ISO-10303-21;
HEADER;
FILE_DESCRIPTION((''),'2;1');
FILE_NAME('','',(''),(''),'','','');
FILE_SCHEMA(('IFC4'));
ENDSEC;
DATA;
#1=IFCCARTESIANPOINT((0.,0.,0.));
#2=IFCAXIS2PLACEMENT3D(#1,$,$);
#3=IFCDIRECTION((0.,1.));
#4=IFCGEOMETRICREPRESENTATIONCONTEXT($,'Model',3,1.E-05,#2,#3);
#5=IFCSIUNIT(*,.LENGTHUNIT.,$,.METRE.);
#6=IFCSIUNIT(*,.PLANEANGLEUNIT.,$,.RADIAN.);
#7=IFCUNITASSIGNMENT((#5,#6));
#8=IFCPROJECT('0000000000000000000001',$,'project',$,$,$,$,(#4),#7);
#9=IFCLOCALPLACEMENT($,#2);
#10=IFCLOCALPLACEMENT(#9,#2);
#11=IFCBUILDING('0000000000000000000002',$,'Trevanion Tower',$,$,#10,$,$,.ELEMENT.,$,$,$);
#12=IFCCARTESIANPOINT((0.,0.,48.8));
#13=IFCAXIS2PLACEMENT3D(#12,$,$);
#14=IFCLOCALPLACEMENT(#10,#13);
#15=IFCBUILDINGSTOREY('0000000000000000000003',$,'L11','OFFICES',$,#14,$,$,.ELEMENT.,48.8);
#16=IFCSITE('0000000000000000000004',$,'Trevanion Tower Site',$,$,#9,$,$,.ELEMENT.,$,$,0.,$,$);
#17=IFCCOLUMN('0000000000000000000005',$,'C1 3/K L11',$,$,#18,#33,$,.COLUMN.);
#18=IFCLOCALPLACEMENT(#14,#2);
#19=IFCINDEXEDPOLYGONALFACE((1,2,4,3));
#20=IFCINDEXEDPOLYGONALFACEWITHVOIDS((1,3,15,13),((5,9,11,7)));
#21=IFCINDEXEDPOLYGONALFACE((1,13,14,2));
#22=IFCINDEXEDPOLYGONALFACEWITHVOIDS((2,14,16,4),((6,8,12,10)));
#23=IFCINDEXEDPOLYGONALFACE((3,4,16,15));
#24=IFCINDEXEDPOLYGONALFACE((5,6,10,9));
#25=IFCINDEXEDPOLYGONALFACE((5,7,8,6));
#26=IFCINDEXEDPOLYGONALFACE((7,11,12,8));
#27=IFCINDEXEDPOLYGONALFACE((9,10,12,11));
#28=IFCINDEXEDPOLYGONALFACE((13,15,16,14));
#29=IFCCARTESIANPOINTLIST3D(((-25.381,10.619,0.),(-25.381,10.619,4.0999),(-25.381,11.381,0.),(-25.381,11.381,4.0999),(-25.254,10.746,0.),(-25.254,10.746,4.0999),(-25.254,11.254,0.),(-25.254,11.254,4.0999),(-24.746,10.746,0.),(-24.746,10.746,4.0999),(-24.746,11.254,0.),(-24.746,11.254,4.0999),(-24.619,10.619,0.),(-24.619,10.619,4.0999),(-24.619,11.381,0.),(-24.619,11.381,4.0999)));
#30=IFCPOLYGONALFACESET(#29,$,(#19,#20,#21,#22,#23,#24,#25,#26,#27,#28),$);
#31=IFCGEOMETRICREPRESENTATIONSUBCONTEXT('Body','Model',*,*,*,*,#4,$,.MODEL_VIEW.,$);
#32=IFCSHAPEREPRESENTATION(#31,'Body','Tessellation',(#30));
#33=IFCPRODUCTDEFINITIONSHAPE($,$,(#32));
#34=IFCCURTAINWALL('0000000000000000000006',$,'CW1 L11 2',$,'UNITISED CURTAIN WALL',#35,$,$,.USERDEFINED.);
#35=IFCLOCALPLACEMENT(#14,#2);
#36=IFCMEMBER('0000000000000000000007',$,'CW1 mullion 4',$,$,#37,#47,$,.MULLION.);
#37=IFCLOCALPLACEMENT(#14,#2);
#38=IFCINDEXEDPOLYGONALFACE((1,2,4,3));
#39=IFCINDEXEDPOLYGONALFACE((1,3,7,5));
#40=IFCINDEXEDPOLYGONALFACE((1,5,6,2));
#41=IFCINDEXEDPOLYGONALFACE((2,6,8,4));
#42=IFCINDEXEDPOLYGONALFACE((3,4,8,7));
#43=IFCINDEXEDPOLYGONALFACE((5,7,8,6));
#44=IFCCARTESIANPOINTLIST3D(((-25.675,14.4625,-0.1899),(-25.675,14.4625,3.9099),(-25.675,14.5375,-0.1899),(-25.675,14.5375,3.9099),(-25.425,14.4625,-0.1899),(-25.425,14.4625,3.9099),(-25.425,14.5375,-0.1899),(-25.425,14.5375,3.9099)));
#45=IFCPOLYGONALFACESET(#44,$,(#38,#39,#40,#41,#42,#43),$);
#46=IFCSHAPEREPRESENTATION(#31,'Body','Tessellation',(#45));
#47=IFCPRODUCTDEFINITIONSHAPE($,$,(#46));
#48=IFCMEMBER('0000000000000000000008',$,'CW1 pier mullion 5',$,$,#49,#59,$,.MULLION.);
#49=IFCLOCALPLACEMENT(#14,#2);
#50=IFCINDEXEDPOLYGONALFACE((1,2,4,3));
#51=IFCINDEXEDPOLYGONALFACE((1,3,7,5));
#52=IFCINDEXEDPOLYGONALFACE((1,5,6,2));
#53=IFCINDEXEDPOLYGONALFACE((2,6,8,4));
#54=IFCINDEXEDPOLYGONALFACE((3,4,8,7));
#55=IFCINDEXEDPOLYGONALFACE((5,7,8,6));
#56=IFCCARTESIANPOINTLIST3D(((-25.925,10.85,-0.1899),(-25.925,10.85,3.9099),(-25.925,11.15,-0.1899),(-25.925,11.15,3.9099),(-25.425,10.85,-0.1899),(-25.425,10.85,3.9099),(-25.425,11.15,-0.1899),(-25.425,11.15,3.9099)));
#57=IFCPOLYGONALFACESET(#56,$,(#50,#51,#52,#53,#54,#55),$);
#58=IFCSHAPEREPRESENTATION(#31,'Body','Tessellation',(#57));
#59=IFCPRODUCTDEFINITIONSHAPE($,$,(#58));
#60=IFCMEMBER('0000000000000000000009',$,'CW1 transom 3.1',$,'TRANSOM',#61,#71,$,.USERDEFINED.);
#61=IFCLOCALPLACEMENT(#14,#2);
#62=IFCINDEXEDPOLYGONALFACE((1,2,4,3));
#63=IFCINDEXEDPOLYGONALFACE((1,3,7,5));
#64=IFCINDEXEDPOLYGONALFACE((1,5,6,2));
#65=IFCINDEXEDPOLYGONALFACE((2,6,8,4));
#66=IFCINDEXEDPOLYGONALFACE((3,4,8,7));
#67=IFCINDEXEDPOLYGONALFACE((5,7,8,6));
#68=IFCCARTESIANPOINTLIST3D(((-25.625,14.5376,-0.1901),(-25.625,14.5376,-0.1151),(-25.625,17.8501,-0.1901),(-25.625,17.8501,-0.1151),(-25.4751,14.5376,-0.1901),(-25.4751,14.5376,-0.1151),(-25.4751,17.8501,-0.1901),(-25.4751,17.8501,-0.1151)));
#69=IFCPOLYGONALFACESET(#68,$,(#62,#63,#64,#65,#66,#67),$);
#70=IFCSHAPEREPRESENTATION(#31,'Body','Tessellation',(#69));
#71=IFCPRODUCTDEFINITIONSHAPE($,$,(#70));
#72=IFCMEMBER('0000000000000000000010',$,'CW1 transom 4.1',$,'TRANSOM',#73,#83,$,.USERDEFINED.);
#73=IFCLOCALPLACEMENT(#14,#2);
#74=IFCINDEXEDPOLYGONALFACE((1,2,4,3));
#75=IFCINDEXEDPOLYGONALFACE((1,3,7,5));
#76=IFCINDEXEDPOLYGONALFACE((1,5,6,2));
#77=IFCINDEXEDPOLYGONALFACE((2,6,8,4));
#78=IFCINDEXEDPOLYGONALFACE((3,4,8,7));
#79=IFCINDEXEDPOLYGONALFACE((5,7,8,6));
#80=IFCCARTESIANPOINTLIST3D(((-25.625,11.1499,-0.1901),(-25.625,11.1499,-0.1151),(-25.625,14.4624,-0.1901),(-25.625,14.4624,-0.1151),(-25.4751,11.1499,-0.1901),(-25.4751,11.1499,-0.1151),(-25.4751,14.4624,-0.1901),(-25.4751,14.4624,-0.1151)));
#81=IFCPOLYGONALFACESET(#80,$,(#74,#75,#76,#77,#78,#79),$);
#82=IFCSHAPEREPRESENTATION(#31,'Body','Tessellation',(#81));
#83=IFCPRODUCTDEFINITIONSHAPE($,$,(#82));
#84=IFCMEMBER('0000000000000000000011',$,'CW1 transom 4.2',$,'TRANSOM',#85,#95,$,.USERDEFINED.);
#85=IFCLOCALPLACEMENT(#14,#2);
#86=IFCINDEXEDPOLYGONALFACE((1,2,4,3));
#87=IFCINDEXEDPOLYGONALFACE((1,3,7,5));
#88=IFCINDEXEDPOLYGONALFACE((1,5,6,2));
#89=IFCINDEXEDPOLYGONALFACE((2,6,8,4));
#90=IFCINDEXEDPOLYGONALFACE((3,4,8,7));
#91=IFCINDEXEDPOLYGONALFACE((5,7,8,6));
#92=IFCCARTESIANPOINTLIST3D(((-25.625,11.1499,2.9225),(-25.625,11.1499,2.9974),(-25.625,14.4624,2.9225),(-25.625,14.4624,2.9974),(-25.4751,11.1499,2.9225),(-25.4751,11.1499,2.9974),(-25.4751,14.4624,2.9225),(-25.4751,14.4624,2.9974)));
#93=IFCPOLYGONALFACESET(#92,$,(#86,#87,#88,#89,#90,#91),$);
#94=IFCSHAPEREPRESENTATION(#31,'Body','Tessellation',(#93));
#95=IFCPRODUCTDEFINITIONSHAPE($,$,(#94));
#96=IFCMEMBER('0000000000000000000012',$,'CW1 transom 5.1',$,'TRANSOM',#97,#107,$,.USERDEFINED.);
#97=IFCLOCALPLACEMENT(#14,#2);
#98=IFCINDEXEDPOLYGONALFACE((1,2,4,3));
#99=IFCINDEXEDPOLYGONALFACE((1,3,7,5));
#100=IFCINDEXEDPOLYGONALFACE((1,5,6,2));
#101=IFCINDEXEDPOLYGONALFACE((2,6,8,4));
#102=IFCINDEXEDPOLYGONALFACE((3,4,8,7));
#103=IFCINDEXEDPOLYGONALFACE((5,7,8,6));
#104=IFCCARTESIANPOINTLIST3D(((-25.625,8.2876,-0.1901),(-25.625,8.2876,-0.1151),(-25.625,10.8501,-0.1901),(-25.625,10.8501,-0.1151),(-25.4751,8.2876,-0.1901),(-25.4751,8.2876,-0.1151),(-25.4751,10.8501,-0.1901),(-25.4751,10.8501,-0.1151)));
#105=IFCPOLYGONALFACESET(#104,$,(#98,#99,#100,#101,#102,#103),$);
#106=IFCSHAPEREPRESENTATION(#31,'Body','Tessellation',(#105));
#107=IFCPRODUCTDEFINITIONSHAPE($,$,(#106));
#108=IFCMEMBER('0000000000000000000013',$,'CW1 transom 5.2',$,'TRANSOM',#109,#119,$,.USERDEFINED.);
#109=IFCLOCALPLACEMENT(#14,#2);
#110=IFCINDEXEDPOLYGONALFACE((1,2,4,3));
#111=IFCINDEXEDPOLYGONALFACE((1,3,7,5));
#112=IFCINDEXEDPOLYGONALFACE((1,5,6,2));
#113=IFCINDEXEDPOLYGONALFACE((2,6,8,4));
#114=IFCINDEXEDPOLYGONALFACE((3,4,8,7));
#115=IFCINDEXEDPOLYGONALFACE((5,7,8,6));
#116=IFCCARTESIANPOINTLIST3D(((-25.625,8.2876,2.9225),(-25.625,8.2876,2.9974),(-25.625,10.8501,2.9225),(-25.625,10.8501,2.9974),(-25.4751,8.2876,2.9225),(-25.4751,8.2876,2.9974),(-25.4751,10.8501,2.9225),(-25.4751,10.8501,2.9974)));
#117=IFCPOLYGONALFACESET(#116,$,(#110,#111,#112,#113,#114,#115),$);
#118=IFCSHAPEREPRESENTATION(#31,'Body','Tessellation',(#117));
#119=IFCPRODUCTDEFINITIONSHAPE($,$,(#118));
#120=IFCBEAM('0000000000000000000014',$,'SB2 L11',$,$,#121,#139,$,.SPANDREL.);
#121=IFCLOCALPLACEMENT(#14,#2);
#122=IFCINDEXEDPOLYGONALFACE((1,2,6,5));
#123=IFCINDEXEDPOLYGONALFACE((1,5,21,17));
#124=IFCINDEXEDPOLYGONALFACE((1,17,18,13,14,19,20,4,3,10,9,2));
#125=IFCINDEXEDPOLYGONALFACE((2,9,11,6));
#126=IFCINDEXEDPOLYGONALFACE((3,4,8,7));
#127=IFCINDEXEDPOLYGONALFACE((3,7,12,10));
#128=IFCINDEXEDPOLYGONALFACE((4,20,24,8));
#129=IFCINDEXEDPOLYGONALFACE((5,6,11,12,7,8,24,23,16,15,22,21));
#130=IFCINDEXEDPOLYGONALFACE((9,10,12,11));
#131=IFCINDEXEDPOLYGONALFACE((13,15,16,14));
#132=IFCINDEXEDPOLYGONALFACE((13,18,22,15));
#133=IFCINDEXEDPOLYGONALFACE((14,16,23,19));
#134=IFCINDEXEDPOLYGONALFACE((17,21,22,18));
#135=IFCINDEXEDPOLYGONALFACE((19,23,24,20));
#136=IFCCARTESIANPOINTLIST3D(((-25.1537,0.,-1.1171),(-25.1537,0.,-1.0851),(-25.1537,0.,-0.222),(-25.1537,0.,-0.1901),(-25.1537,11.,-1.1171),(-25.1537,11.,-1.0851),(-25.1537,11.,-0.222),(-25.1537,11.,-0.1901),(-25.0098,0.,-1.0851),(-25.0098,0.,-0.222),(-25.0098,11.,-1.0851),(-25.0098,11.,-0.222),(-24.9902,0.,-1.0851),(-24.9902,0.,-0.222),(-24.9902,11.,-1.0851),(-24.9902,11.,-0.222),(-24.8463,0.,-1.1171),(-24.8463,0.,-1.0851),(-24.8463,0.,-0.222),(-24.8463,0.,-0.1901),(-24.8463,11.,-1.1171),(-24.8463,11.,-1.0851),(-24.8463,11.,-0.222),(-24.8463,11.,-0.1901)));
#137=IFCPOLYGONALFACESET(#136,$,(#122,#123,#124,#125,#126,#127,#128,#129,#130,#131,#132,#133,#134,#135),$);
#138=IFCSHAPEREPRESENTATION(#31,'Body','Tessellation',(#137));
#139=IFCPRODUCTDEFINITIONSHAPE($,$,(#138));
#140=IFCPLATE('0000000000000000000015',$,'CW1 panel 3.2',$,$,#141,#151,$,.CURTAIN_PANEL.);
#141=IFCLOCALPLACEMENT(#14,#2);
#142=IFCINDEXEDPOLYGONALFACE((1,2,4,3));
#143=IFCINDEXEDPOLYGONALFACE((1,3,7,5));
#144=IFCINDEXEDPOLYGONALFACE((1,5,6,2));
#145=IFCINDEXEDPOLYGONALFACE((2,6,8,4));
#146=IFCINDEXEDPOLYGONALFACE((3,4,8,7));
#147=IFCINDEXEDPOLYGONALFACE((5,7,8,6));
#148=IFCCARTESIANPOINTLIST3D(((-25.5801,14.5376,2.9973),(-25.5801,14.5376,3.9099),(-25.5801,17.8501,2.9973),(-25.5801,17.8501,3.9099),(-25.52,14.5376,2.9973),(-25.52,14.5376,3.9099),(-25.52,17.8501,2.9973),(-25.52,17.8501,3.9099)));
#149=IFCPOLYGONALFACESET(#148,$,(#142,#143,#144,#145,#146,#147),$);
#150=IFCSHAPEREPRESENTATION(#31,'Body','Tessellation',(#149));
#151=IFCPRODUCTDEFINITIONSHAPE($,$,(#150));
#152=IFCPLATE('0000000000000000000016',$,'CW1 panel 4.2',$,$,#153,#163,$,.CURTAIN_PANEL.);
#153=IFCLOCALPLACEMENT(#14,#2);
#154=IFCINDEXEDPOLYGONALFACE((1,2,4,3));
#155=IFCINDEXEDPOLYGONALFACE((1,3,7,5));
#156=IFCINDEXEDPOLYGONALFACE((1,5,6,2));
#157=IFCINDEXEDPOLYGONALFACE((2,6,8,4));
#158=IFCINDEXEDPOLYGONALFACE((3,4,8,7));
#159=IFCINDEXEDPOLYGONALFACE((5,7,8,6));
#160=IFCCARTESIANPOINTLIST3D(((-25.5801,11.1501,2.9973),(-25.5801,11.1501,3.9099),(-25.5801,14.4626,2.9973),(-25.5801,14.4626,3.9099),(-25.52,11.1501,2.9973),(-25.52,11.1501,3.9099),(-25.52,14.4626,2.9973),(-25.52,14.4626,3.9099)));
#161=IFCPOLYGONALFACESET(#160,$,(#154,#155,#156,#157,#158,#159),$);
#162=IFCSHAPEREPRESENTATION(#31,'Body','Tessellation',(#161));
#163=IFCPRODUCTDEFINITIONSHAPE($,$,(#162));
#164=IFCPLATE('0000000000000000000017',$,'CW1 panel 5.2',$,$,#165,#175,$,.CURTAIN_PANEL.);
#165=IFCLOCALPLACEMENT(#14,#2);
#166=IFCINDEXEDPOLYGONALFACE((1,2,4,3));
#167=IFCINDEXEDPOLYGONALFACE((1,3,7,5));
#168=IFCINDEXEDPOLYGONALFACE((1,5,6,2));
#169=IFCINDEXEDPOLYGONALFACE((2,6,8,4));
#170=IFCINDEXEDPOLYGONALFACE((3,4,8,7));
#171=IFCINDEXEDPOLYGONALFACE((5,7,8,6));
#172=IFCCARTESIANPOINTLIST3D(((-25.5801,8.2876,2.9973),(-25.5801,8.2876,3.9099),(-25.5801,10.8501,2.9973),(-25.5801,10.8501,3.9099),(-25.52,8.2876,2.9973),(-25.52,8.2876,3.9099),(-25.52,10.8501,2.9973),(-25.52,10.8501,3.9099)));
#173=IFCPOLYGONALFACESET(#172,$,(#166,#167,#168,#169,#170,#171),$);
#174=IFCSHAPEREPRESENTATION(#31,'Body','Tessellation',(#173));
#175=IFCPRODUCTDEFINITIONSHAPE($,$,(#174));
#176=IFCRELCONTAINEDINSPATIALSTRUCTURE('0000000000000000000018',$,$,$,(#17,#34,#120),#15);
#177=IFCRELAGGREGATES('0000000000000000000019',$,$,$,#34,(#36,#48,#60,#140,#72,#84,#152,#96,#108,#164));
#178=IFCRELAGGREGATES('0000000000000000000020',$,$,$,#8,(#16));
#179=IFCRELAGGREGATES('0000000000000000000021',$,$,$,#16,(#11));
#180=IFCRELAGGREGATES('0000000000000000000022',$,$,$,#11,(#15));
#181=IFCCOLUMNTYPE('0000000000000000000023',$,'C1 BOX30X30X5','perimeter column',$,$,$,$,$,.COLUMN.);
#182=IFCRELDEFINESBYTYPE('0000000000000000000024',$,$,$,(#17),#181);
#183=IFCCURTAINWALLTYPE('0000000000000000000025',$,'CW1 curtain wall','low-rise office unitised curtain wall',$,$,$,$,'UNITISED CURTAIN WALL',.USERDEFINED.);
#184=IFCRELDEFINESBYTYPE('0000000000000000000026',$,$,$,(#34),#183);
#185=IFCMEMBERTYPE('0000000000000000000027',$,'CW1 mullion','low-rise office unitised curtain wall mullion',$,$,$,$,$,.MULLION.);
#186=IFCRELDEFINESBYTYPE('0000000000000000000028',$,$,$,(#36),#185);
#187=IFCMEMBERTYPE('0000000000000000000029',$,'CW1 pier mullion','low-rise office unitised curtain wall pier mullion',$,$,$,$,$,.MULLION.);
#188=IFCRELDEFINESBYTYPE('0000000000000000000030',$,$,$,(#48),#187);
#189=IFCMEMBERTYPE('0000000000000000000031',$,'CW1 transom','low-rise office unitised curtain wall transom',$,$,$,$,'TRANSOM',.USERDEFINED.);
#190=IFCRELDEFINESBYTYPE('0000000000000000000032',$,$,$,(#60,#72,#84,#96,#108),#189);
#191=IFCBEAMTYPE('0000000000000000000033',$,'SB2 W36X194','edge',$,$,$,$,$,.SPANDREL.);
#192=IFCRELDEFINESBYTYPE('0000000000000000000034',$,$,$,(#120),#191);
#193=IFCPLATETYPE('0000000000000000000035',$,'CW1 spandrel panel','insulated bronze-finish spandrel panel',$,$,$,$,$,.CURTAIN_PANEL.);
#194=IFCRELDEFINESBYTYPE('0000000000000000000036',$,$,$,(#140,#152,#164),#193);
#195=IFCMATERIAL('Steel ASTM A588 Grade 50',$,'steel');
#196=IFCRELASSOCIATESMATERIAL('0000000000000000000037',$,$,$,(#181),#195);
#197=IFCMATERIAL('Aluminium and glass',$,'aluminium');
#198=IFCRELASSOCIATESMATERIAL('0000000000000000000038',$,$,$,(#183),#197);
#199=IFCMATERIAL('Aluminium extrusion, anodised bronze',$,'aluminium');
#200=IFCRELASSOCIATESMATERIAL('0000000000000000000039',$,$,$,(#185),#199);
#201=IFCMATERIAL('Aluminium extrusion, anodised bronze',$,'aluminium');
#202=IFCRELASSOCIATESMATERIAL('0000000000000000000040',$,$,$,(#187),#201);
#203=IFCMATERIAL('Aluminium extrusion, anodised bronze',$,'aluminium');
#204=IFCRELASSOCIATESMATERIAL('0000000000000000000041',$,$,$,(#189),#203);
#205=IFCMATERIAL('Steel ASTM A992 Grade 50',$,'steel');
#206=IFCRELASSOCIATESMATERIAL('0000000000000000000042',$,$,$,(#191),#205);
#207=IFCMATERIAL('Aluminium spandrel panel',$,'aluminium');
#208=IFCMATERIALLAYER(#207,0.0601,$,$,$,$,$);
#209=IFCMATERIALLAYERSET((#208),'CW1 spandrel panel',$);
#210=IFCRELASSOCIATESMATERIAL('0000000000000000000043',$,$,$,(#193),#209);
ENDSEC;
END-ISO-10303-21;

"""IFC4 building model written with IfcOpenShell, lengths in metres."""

from ifc_helpers import new_model, si_unit, direction, frame, origin, origin_2d, place, context, subcontext, project, spatial, rectangle, hollow_rectangle, i_section, extrude, material, layer, layer_set, material_profile, profile_set, type_object, element, aggregate, save


model = new_model("IFC4")

# Units and contexts
model_context = context("Model", 3, precision=1e-05, world=origin(), true_north=direction((0.0, 1.0)))
body_context = subcontext(model_context, "Body", "Model", "MODEL_VIEW")
ifc_project = project(units=[si_unit("LENGTHUNIT", "METRE"), si_unit("PLANEANGLEUNIT", "RADIAN")], contexts=[model_context])

# Site, building, storey
site_placement = place(None, origin())
site = spatial("IfcSite", under=ifc_project, at=site_placement, Name="Trevanion Tower Site", CompositionType="ELEMENT", RefElevation=0.0)
building_placement = place(site_placement, origin())
building = spatial("IfcBuilding", under=site, at=building_placement, Name="Trevanion Tower", CompositionType="ELEMENT")
storey_placement = place(building_placement, frame((0.0, 0.0, 48.8)))
storey = spatial("IfcBuildingStorey", under=building, at=storey_placement, Name="L11", Description="OFFICES", CompositionType="ELEMENT", Elevation=48.8)

# Column
ifc_material_1 = material(Name="Steel ASTM A588 Grade 50", Category="steel")
ifc_material_profile_1 = material_profile(ifc_material_1, hollow_rectangle(XDim=0.762, YDim=0.762, WallThickness=0.127, at=origin_2d()), Name="BOX30X30X5")
ifc_profile_set_1 = profile_set([ifc_material_profile_1], Name="Steel ASTM A588 Grade 50")
column_type = type_object("IfcColumnType", Name="C1 BOX30X30X5", Description="perimeter column", PredefinedType="COLUMN", material=ifc_profile_set_1)
column_placement = place(storey_placement, frame((-25.0, 11.0, 0.0), z_axis=(0.0, 0.0, 1.0), x_axis=(0.0, 1.0, 0.0)))
element("IfcColumn", 1, at=column_placement, inside=storey, type_object=column_type, Name="C1 3/K L11", PredefinedType="COLUMN", context=body_context, shape_type="SweptSolid", body=[
    extrude(hollow_rectangle(XDim=0.762, YDim=0.762, WallThickness=0.127, at=origin_2d()), origin(), (0.0, 0.0, 1.0), 4.0999),
])

# Curtain wall, members
ifc_material_2 = material(Name="Aluminium and glass", Category="aluminium")
curtain_wall_type = type_object("IfcCurtainWallType", Name="CW1 curtain wall", Description="low-rise office unitised curtain wall", ElementType="UNITISED CURTAIN WALL", PredefinedType="USERDEFINED", material=ifc_material_2)
curtain_wall_placement = place(storey_placement, origin())
curtain_wall = element("IfcCurtainWall", 2, at=curtain_wall_placement, inside=storey, type_object=curtain_wall_type, Name="CW1 L11 2", ObjectType="UNITISED CURTAIN WALL", PredefinedType="USERDEFINED")
ifc_material_3 = material(Name="Aluminium extrusion, anodised bronze", Category="aluminium")
ifc_material_profile_2 = material_profile(ifc_material_3, rectangle(XDim=0.075, YDim=0.25, at=origin_2d()), Name="CW1 mullion")
ifc_profile_set_2 = profile_set([ifc_material_profile_2], Name="Aluminium extrusion, anodised bronze")
member_type_1 = type_object("IfcMemberType", Name="CW1 mullion", Description="low-rise office unitised curtain wall mullion", PredefinedType="MULLION", material=ifc_profile_set_2)
member_1_placement = place(storey_placement, frame((-25.55, 14.5, -0.1899), z_axis=(0.0, 0.0, 1.0), x_axis=(0.0, -1.0, 0.0)))
member_1 = element("IfcMember", 3, at=member_1_placement, type_object=member_type_1, Name="CW1 mullion 4", PredefinedType="MULLION", context=body_context, shape_type="SweptSolid", body=[
    extrude(rectangle(XDim=0.075, YDim=0.25, at=origin_2d()), origin(), (0.0, 0.0, 1.0), 4.0999),
])
ifc_material_4 = material(Name="Aluminium extrusion, anodised bronze", Category="aluminium")
ifc_material_profile_3 = material_profile(ifc_material_4, rectangle(XDim=0.3, YDim=0.5, at=origin_2d()), Name="CW1 pier mullion")
ifc_profile_set_3 = profile_set([ifc_material_profile_3], Name="Aluminium extrusion, anodised bronze")
member_type_2 = type_object("IfcMemberType", Name="CW1 pier mullion", Description="low-rise office unitised curtain wall pier mullion", PredefinedType="MULLION", material=ifc_profile_set_3)
member_2_placement = place(storey_placement, frame((-25.675, 11.0, -0.1899), z_axis=(0.0, 0.0, 1.0), x_axis=(0.0, -1.0, 0.0)))
member_2 = element("IfcMember", 4, at=member_2_placement, type_object=member_type_2, Name="CW1 pier mullion 5", PredefinedType="MULLION", context=body_context, shape_type="SweptSolid", body=[
    extrude(rectangle(XDim=0.3, YDim=0.5, at=origin_2d()), origin(), (0.0, 0.0, 1.0), 4.0999),
])
ifc_material_5 = material(Name="Aluminium extrusion, anodised bronze", Category="aluminium")
ifc_material_profile_4 = material_profile(ifc_material_5, rectangle(XDim=0.1499, YDim=0.075, at=origin_2d()), Name="CW1 transom")
ifc_profile_set_4 = profile_set([ifc_material_profile_4], Name="Aluminium extrusion, anodised bronze")
member_type_3 = type_object("IfcMemberType", Name="CW1 transom", Description="low-rise office unitised curtain wall transom", ElementType="TRANSOM", PredefinedType="USERDEFINED", material=ifc_profile_set_4)
member_3_placement = place(storey_placement, frame((-25.55, 17.8501, -0.1526), z_axis=(0.0, -1.0, 0.0), x_axis=(1.0, 0.0, 0.0)))
member_3 = element("IfcMember", 5, at=member_3_placement, type_object=member_type_3, Name="CW1 transom 3.1", ObjectType="TRANSOM", PredefinedType="USERDEFINED", context=body_context, shape_type="SweptSolid", body=[
    extrude(rectangle(XDim=0.1499, YDim=0.075, at=origin_2d()), origin(), (0.0, 0.0, 1.0), 3.3125),
])
member_4_placement = place(storey_placement, frame((-25.55, 14.4624, -0.1526), z_axis=(0.0, -1.0, 0.0), x_axis=(1.0, 0.0, 0.0)))
member_4 = element("IfcMember", 6, at=member_4_placement, type_object=member_type_3, Name="CW1 transom 4.1", ObjectType="TRANSOM", PredefinedType="USERDEFINED", context=body_context, shape_type="SweptSolid", body=[
    extrude(rectangle(XDim=0.1499, YDim=0.075, at=origin_2d()), origin(), (0.0, 0.0, 1.0), 3.3125),
])
member_5_placement = place(storey_placement, frame((-25.55, 14.4624, 2.96), z_axis=(0.0, -1.0, 0.0), x_axis=(1.0, 0.0, 0.0)))
member_5 = element("IfcMember", 7, at=member_5_placement, type_object=member_type_3, Name="CW1 transom 4.2", ObjectType="TRANSOM", PredefinedType="USERDEFINED", context=body_context, shape_type="SweptSolid", body=[
    extrude(rectangle(XDim=0.1499, YDim=0.075, at=origin_2d()), origin(), (0.0, 0.0, 1.0), 3.3125),
])
member_6_placement = place(storey_placement, frame((-25.55, 10.8501, -0.1526), z_axis=(0.0, -1.0, 0.0), x_axis=(1.0, 0.0, 0.0)))
member_6 = element("IfcMember", 8, at=member_6_placement, type_object=member_type_3, Name="CW1 transom 5.1", ObjectType="TRANSOM", PredefinedType="USERDEFINED", context=body_context, shape_type="SweptSolid", body=[
    extrude(rectangle(XDim=0.1499, YDim=0.075, at=origin_2d()), origin(), (0.0, 0.0, 1.0), 2.5625),
])
member_7_placement = place(storey_placement, frame((-25.55, 10.8501, 2.96), z_axis=(0.0, -1.0, 0.0), x_axis=(1.0, 0.0, 0.0)))
member_7 = element("IfcMember", 9, at=member_7_placement, type_object=member_type_3, Name="CW1 transom 5.2", ObjectType="TRANSOM", PredefinedType="USERDEFINED", context=body_context, shape_type="SweptSolid", body=[
    extrude(rectangle(XDim=0.1499, YDim=0.075, at=origin_2d()), origin(), (0.0, 0.0, 1.0), 2.5625),
])

# Beam
ifc_material_6 = material(Name="Steel ASTM A992 Grade 50", Category="steel")
ifc_material_profile_5 = material_profile(ifc_material_6, i_section(OverallWidth=0.3074, OverallDepth=0.927, WebThickness=0.0195, FlangeThickness=0.032, at=origin_2d()), Name="W36X194")
ifc_profile_set_5 = profile_set([ifc_material_profile_5], Name="Steel ASTM A992 Grade 50")
beam_type = type_object("IfcBeamType", Name="SB2 W36X194", Description="edge", PredefinedType="SPANDREL", material=ifc_profile_set_5)
beam_placement = place(storey_placement, frame((-25.0, 11.0, -0.6536), z_axis=(0.0, -1.0, 0.0), x_axis=(1.0, 0.0, 0.0)))
element("IfcBeam", 10, at=beam_placement, inside=storey, type_object=beam_type, Name="SB2 L11", PredefinedType="SPANDREL", context=body_context, shape_type="SweptSolid", body=[
    extrude(i_section(OverallWidth=0.3074, OverallDepth=0.927, WebThickness=0.0195, FlangeThickness=0.032, at=origin_2d()), origin(), (0.0, 0.0, 1.0), 11.0),
])

# Plates
ifc_material_7 = material(Name="Aluminium spandrel panel", Category="aluminium")
ifc_layer_1 = layer(ifc_material_7, 0.0601)
ifc_layer_set_1 = layer_set([ifc_layer_1], Name="CW1 spandrel panel")
plate_type_1 = type_object("IfcPlateType", Name="CW1 spandrel panel", Description="insulated bronze-finish spandrel panel", PredefinedType="CURTAIN_PANEL", material=ifc_layer_set_1)
plate_1_placement = place(storey_placement, frame((-25.55, 16.1938, 2.9973), z_axis=(0.0, 0.0, 1.0), x_axis=(0.0, -1.0, 0.0)))
plate_1 = element("IfcPlate", 11, at=plate_1_placement, type_object=plate_type_1, Name="CW1 panel 3.2", PredefinedType="CURTAIN_PANEL", context=body_context, shape_type="SweptSolid", body=[
    extrude(rectangle(XDim=3.3125, YDim=0.0601, at=origin_2d()), origin(), (0.0, 0.0, 1.0), 0.9126),
])
plate_2_placement = place(storey_placement, frame((-25.55, 12.8064, 2.9973), z_axis=(0.0, 0.0, 1.0), x_axis=(0.0, -1.0, 0.0)))
plate_2 = element("IfcPlate", 12, at=plate_2_placement, type_object=plate_type_1, Name="CW1 panel 4.2", PredefinedType="CURTAIN_PANEL", context=body_context, shape_type="SweptSolid", body=[
    extrude(rectangle(XDim=3.3125, YDim=0.0601, at=origin_2d()), origin(), (0.0, 0.0, 1.0), 0.9126),
])
plate_3_placement = place(storey_placement, frame((-25.55, 9.5688, 2.9973), z_axis=(0.0, 0.0, 1.0), x_axis=(0.0, -1.0, 0.0)))
plate_3 = element("IfcPlate", 13, at=plate_3_placement, type_object=plate_type_1, Name="CW1 panel 5.2", PredefinedType="CURTAIN_PANEL", context=body_context, shape_type="SweptSolid", body=[
    extrude(rectangle(XDim=2.5625, YDim=0.0601, at=origin_2d()), origin(), (0.0, 0.0, 1.0), 0.9126),
])
aggregate(curtain_wall, [member_1, member_2, member_3, plate_1, member_4, member_5, plate_2, member_6, member_7, plate_3])

save(model, "model.ifc")
